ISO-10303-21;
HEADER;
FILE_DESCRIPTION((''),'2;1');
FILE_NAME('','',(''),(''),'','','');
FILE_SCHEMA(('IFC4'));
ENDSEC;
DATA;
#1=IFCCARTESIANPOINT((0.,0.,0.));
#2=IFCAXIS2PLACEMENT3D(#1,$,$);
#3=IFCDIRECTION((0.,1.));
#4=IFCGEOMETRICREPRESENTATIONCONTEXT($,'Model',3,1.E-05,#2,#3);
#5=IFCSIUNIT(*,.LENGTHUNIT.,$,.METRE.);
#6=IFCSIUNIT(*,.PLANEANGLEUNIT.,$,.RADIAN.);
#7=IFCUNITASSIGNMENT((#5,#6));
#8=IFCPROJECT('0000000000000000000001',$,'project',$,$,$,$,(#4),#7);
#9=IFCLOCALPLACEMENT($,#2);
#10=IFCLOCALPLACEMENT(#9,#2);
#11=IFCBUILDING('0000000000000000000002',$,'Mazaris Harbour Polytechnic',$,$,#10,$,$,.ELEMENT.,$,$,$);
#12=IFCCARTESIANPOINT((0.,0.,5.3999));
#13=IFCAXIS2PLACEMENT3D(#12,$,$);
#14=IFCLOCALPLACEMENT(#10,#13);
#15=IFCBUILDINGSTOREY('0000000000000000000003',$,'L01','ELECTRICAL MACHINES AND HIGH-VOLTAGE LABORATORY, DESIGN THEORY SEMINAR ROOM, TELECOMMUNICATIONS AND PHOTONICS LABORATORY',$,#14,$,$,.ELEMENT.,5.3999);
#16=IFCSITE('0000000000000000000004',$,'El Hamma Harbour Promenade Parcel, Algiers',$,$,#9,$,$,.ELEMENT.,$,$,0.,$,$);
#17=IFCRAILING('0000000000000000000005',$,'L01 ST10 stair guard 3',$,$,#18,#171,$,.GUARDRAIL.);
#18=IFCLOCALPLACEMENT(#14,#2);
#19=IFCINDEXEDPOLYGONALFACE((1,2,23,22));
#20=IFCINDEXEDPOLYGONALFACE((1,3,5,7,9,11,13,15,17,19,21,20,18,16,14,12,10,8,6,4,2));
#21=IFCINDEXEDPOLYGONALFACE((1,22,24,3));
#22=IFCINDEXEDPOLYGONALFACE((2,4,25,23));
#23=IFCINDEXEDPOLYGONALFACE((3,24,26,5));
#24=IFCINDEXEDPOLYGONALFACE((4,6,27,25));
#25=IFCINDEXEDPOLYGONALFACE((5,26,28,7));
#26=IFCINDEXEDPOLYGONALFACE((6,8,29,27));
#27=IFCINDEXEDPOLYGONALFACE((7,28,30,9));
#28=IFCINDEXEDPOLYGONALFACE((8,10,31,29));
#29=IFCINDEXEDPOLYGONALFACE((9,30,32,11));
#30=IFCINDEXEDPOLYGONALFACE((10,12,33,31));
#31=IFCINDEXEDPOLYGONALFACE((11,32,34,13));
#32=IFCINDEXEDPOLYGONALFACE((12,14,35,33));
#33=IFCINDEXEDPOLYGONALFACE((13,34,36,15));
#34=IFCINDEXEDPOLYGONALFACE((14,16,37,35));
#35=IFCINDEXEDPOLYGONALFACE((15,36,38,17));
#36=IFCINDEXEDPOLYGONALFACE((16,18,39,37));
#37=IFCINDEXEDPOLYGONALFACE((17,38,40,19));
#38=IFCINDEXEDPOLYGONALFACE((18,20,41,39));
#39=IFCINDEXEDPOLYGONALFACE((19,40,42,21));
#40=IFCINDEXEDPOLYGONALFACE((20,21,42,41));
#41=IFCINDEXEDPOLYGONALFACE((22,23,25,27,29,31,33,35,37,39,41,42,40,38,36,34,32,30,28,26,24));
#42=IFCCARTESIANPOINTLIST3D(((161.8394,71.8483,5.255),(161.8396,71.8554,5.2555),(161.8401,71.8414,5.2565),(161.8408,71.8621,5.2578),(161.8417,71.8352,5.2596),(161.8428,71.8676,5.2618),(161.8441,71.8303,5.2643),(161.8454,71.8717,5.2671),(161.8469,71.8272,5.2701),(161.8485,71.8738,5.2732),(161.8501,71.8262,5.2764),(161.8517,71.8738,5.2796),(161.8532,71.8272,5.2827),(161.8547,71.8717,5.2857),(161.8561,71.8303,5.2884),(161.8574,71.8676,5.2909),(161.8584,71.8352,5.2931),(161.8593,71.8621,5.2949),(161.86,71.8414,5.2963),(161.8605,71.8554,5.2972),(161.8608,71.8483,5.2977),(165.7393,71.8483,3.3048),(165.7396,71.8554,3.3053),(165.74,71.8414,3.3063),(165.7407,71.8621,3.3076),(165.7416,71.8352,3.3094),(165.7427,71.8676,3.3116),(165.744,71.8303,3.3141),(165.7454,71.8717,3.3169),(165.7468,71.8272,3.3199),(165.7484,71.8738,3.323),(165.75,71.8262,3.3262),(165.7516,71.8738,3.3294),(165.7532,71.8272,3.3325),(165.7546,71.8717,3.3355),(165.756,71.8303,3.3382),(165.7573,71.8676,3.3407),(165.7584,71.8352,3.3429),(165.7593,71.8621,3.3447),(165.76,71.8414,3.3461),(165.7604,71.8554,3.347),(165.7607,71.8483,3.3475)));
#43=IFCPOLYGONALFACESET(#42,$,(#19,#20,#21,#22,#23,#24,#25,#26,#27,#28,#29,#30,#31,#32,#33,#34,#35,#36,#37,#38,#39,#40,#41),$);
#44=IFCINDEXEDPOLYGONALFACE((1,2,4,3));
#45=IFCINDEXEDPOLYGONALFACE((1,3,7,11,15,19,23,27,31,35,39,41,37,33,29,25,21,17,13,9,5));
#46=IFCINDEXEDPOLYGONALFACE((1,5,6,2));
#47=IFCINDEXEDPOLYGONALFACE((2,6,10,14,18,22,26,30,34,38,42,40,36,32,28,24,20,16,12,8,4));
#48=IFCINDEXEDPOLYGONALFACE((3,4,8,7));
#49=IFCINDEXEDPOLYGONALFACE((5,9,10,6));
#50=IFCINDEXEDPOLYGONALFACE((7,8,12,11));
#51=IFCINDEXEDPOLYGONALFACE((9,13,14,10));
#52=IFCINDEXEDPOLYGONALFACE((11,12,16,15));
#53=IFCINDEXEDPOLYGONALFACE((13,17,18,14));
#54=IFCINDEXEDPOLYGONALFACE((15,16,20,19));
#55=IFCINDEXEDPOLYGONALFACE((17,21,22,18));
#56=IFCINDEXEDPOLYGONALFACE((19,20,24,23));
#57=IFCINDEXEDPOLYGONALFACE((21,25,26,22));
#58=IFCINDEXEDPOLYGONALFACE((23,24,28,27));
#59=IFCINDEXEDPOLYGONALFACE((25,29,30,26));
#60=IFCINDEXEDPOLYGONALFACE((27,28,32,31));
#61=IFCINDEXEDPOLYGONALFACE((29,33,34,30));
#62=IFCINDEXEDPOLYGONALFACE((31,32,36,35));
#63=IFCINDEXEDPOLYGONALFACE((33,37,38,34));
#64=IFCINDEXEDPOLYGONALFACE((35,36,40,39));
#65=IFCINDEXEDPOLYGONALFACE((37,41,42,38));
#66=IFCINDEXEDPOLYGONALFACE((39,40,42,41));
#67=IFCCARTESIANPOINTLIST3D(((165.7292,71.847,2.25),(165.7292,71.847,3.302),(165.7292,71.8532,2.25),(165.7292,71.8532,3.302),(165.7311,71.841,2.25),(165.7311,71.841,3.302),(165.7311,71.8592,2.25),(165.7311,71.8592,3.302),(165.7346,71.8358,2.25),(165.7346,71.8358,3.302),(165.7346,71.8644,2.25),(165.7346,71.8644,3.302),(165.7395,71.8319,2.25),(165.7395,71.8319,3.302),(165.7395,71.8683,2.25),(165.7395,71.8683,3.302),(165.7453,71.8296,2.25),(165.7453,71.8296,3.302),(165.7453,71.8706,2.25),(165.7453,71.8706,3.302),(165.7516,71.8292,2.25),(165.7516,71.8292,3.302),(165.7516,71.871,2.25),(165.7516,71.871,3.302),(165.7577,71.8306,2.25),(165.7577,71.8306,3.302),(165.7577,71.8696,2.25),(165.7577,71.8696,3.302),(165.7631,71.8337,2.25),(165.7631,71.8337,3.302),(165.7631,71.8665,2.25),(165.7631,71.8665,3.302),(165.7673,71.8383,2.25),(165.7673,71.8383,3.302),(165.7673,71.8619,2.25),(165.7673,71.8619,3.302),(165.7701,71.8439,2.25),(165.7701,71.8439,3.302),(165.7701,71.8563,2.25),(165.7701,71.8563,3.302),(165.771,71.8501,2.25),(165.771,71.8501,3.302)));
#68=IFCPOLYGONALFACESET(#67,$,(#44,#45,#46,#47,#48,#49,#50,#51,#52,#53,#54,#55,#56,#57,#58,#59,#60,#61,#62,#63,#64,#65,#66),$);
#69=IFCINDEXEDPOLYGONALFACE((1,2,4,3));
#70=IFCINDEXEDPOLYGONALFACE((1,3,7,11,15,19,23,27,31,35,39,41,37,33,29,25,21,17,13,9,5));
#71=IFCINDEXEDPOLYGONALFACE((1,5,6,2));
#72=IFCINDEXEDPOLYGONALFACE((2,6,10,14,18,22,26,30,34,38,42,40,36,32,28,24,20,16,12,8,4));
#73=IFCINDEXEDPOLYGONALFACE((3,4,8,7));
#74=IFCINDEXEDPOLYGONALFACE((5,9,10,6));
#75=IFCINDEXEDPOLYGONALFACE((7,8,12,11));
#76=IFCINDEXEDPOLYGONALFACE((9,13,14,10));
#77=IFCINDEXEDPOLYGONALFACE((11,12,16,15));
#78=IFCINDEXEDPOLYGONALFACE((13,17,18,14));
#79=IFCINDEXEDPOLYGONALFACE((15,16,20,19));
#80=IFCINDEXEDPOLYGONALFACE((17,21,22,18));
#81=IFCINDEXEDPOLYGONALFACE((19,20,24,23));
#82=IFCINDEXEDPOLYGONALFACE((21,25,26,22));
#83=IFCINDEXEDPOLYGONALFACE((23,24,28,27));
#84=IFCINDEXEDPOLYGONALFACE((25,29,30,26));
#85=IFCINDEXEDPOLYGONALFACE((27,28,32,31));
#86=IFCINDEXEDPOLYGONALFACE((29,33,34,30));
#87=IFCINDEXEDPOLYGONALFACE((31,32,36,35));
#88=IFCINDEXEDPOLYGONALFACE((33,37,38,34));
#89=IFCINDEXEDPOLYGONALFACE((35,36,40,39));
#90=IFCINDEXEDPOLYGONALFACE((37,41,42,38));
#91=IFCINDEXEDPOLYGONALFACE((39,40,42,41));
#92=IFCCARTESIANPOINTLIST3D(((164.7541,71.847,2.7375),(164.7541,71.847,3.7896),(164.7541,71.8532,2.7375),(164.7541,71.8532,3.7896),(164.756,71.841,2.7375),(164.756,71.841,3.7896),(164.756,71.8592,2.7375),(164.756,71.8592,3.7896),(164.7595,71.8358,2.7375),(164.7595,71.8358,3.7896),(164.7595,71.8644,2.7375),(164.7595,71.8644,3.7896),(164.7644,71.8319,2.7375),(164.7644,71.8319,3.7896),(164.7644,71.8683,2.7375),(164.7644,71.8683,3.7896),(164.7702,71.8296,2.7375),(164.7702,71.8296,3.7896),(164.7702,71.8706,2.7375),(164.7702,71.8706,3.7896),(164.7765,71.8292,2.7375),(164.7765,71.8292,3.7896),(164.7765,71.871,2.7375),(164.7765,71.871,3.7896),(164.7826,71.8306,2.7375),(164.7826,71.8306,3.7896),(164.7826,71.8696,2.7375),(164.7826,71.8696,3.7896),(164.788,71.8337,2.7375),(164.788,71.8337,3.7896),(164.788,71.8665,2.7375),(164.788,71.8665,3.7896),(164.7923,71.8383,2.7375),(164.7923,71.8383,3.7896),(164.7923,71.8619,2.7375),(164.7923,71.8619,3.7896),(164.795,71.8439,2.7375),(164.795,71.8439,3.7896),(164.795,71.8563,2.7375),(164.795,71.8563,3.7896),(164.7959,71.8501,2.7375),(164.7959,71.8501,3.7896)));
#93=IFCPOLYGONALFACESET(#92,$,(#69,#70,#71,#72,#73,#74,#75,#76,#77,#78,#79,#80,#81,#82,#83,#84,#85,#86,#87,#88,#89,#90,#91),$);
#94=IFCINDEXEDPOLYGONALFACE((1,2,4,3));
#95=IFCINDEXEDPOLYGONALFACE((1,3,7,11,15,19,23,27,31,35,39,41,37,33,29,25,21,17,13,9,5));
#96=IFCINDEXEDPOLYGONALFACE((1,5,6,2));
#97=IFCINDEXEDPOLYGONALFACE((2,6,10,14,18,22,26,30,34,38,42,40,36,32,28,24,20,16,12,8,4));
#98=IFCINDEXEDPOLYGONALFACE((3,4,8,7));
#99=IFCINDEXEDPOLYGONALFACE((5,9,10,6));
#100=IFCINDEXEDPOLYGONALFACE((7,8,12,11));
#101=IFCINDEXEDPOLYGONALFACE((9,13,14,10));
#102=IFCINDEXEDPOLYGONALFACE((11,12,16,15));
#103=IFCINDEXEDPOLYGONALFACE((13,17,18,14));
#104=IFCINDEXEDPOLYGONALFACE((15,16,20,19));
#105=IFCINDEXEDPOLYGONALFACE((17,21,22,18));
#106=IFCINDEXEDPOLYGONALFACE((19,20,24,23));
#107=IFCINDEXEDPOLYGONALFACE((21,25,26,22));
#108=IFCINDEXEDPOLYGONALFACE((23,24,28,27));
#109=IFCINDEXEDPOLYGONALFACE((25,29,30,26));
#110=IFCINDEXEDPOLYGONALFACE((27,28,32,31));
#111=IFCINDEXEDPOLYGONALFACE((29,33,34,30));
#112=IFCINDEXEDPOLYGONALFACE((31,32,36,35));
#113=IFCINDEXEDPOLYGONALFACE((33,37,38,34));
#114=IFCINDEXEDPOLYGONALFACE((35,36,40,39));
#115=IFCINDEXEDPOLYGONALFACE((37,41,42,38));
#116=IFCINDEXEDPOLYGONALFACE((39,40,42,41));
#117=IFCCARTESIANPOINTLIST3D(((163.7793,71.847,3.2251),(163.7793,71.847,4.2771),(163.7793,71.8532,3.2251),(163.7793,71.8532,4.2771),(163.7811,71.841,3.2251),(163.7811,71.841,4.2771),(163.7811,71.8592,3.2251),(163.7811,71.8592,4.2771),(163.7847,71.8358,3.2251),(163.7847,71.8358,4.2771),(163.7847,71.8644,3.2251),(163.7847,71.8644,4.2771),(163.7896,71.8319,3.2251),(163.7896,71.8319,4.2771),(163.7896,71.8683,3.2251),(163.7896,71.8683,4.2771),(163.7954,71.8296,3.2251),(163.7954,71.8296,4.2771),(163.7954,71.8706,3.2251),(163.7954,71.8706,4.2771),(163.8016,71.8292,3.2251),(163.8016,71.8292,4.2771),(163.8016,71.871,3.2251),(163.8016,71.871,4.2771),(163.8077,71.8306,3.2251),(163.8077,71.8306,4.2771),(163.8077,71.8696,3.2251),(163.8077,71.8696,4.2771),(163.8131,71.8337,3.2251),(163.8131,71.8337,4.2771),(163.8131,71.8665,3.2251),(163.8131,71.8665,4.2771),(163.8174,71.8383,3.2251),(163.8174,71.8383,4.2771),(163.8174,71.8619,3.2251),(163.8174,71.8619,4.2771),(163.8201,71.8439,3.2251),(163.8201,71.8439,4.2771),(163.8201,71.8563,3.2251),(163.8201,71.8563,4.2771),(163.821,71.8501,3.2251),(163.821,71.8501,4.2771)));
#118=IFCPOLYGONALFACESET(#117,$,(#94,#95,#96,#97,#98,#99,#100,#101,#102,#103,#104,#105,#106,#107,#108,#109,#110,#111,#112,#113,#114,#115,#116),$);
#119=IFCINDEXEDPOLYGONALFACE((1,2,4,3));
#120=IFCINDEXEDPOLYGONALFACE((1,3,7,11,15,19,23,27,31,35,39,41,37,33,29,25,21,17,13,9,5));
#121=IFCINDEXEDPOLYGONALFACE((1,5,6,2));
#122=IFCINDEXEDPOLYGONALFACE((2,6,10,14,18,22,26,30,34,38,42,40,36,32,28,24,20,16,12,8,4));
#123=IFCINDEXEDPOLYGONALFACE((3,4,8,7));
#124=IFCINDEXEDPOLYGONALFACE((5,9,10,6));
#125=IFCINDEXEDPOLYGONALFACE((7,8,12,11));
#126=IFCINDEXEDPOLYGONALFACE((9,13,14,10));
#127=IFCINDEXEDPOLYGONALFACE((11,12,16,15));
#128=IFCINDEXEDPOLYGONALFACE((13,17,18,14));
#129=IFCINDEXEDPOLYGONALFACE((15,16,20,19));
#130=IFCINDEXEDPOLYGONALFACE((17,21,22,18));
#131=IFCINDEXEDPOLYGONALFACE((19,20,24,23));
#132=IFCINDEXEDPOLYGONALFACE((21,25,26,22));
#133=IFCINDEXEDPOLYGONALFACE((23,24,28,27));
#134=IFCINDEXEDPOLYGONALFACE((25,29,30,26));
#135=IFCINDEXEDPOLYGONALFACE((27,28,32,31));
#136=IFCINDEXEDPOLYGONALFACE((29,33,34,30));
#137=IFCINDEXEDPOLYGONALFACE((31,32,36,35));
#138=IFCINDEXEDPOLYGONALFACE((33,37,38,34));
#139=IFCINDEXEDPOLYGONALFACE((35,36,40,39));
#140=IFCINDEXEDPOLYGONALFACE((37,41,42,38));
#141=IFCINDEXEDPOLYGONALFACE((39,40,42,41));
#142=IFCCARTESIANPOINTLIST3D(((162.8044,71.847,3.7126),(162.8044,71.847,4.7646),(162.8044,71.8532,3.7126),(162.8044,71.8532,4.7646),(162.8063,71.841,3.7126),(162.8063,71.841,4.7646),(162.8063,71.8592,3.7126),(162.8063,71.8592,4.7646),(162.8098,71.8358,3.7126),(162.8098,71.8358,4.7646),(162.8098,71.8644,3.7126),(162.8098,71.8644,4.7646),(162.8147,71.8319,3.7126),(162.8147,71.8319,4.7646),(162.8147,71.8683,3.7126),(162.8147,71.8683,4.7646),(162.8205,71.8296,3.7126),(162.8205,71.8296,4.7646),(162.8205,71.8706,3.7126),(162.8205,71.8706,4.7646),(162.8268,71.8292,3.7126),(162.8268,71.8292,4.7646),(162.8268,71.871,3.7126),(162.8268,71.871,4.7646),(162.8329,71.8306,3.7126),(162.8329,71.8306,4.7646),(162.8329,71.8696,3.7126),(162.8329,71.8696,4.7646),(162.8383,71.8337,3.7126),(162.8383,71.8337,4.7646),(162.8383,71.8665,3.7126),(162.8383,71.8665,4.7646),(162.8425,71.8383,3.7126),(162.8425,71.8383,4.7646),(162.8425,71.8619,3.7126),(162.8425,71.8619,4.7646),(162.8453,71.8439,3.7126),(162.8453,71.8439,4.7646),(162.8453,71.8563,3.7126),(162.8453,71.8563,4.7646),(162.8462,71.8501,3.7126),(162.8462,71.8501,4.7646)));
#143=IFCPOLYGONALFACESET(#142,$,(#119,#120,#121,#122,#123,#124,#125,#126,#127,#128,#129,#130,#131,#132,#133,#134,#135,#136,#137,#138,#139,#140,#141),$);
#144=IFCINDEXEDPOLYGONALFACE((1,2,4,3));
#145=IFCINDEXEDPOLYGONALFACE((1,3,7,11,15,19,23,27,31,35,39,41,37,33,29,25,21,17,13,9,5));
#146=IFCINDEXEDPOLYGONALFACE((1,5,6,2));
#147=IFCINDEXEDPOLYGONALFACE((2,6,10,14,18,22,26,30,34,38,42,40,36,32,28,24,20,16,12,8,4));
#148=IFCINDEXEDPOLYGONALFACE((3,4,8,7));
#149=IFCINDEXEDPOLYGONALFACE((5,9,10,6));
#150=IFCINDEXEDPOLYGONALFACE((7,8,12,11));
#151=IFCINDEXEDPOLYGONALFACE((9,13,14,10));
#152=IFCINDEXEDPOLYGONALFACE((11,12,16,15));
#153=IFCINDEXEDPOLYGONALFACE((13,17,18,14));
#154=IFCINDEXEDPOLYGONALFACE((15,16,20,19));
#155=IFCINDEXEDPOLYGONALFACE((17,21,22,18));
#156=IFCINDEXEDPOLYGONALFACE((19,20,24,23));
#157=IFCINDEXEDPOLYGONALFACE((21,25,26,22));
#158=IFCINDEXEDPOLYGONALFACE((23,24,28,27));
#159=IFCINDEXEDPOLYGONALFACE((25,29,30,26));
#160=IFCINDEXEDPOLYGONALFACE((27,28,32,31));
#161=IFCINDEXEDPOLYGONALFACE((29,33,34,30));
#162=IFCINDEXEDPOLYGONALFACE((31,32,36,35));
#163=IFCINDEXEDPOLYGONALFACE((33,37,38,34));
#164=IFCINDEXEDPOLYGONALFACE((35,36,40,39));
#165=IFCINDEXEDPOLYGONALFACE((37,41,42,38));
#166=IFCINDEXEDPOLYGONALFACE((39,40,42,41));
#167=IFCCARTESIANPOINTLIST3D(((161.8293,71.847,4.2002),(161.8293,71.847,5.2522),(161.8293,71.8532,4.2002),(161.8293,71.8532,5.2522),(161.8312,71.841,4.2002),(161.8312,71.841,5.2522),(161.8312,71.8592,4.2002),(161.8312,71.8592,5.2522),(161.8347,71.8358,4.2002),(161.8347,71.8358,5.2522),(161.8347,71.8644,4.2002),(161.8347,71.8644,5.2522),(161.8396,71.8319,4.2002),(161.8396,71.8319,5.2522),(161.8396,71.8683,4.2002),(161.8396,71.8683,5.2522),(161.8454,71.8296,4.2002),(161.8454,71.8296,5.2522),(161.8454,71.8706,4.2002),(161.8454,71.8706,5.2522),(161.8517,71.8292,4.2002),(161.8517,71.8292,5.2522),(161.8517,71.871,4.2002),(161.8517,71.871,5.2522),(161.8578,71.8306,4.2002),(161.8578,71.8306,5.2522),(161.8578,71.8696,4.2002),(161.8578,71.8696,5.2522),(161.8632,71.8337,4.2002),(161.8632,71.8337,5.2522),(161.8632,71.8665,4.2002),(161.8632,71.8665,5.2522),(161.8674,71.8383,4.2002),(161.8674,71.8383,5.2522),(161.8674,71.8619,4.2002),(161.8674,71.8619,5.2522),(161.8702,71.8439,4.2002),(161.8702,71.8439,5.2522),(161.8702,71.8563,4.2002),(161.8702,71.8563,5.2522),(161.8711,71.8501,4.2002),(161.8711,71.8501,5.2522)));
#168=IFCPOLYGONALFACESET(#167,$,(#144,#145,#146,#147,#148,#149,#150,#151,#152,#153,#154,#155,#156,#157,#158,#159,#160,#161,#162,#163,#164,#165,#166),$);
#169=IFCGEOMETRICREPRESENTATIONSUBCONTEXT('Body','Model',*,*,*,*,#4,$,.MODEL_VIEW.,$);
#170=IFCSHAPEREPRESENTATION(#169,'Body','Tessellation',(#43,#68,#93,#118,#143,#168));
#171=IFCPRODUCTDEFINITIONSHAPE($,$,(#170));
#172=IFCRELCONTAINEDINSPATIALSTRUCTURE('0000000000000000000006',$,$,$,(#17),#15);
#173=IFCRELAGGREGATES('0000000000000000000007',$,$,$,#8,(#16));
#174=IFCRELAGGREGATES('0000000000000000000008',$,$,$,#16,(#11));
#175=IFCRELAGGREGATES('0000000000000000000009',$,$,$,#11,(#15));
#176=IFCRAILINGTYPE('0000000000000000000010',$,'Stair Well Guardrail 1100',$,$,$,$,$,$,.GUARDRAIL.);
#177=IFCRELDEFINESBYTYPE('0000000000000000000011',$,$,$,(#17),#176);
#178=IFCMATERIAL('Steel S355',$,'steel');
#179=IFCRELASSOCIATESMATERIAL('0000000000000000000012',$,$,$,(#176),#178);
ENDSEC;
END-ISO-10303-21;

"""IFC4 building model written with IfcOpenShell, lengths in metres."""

from ifc_helpers import new_model, si_unit, direction, frame, origin, origin_2d, place, context, subcontext, project, spatial, circle, extrude, material, type_object, element, save


model = new_model("IFC4")

# Units and contexts
model_context = context("Model", 3, precision=1e-05, world=origin(), true_north=direction((0.0, 1.0)))
body_context = subcontext(model_context, "Body", "Model", "MODEL_VIEW")
ifc_project = project(units=[si_unit("LENGTHUNIT", "METRE"), si_unit("PLANEANGLEUNIT", "RADIAN")], contexts=[model_context])

# Site, building, storey
site_placement = place(None, origin())
site = spatial("IfcSite", under=ifc_project, at=site_placement, Name="El Hamma Harbour Promenade Parcel, Algiers", CompositionType="ELEMENT", RefElevation=0.0)
building_placement = place(site_placement, origin())
building = spatial("IfcBuilding", under=site, at=building_placement, Name="Mazaris Harbour Polytechnic", CompositionType="ELEMENT")
storey_placement = place(building_placement, frame((0.0, 0.0, 5.3999)))
storey = spatial("IfcBuildingStorey", under=building, at=storey_placement, Name="L01", Description="ELECTRICAL MACHINES AND HIGH-VOLTAGE LABORATORY, DESIGN THEORY SEMINAR ROOM, TELECOMMUNICATIONS AND PHOTONICS LABORATORY", CompositionType="ELEMENT", Elevation=5.3999)

# Railing
ifc_material_1 = material(Name="Steel S355", Category="steel")
railing_type_1 = type_object("IfcRailingType", Name="Stair Well Guardrail 1100", PredefinedType="GUARDRAIL", material=ifc_material_1)
railing_1_placement = place(storey_placement, frame((165.75, 71.8501, 2.25)))
element("IfcRailing", 1, at=railing_1_placement, inside=storey, type_object=railing_type_1, Name="L01 ST10 stair guard 3", PredefinedType="GUARDRAIL", context=body_context, shape_type="SweptSolid", body=[
    extrude(circle(Radius=0.0239, at=origin_2d()), frame((0.0, 0.0, 1.0762), z_axis=(-0.894405, 0.0, 0.447258), x_axis=(0.0, -1.0, 0.0)), (0.0, 0.0, 1.0), 4.3604),
    extrude(circle(Radius=0.021, at=origin_2d()), origin(), (0.0, 0.0, 1.0), 1.052),
    extrude(circle(Radius=0.021, at=origin_2d()), frame((-0.9751, 0.0, 0.4875)), (0.0, 0.0, 1.0), 1.052),
    extrude(circle(Radius=0.021, at=origin_2d()), frame((-1.95, 0.0, 0.9751)), (0.0, 0.0, 1.0), 1.052),
    extrude(circle(Radius=0.021, at=origin_2d()), frame((-2.9248, 0.0, 1.4626)), (0.0, 0.0, 1.0), 1.052),
    extrude(circle(Radius=0.021, at=origin_2d()), frame((-3.8999, 0.0, 1.9502)), (0.0, 0.0, 1.0), 1.052),
])

save(model, "model.ifc")
